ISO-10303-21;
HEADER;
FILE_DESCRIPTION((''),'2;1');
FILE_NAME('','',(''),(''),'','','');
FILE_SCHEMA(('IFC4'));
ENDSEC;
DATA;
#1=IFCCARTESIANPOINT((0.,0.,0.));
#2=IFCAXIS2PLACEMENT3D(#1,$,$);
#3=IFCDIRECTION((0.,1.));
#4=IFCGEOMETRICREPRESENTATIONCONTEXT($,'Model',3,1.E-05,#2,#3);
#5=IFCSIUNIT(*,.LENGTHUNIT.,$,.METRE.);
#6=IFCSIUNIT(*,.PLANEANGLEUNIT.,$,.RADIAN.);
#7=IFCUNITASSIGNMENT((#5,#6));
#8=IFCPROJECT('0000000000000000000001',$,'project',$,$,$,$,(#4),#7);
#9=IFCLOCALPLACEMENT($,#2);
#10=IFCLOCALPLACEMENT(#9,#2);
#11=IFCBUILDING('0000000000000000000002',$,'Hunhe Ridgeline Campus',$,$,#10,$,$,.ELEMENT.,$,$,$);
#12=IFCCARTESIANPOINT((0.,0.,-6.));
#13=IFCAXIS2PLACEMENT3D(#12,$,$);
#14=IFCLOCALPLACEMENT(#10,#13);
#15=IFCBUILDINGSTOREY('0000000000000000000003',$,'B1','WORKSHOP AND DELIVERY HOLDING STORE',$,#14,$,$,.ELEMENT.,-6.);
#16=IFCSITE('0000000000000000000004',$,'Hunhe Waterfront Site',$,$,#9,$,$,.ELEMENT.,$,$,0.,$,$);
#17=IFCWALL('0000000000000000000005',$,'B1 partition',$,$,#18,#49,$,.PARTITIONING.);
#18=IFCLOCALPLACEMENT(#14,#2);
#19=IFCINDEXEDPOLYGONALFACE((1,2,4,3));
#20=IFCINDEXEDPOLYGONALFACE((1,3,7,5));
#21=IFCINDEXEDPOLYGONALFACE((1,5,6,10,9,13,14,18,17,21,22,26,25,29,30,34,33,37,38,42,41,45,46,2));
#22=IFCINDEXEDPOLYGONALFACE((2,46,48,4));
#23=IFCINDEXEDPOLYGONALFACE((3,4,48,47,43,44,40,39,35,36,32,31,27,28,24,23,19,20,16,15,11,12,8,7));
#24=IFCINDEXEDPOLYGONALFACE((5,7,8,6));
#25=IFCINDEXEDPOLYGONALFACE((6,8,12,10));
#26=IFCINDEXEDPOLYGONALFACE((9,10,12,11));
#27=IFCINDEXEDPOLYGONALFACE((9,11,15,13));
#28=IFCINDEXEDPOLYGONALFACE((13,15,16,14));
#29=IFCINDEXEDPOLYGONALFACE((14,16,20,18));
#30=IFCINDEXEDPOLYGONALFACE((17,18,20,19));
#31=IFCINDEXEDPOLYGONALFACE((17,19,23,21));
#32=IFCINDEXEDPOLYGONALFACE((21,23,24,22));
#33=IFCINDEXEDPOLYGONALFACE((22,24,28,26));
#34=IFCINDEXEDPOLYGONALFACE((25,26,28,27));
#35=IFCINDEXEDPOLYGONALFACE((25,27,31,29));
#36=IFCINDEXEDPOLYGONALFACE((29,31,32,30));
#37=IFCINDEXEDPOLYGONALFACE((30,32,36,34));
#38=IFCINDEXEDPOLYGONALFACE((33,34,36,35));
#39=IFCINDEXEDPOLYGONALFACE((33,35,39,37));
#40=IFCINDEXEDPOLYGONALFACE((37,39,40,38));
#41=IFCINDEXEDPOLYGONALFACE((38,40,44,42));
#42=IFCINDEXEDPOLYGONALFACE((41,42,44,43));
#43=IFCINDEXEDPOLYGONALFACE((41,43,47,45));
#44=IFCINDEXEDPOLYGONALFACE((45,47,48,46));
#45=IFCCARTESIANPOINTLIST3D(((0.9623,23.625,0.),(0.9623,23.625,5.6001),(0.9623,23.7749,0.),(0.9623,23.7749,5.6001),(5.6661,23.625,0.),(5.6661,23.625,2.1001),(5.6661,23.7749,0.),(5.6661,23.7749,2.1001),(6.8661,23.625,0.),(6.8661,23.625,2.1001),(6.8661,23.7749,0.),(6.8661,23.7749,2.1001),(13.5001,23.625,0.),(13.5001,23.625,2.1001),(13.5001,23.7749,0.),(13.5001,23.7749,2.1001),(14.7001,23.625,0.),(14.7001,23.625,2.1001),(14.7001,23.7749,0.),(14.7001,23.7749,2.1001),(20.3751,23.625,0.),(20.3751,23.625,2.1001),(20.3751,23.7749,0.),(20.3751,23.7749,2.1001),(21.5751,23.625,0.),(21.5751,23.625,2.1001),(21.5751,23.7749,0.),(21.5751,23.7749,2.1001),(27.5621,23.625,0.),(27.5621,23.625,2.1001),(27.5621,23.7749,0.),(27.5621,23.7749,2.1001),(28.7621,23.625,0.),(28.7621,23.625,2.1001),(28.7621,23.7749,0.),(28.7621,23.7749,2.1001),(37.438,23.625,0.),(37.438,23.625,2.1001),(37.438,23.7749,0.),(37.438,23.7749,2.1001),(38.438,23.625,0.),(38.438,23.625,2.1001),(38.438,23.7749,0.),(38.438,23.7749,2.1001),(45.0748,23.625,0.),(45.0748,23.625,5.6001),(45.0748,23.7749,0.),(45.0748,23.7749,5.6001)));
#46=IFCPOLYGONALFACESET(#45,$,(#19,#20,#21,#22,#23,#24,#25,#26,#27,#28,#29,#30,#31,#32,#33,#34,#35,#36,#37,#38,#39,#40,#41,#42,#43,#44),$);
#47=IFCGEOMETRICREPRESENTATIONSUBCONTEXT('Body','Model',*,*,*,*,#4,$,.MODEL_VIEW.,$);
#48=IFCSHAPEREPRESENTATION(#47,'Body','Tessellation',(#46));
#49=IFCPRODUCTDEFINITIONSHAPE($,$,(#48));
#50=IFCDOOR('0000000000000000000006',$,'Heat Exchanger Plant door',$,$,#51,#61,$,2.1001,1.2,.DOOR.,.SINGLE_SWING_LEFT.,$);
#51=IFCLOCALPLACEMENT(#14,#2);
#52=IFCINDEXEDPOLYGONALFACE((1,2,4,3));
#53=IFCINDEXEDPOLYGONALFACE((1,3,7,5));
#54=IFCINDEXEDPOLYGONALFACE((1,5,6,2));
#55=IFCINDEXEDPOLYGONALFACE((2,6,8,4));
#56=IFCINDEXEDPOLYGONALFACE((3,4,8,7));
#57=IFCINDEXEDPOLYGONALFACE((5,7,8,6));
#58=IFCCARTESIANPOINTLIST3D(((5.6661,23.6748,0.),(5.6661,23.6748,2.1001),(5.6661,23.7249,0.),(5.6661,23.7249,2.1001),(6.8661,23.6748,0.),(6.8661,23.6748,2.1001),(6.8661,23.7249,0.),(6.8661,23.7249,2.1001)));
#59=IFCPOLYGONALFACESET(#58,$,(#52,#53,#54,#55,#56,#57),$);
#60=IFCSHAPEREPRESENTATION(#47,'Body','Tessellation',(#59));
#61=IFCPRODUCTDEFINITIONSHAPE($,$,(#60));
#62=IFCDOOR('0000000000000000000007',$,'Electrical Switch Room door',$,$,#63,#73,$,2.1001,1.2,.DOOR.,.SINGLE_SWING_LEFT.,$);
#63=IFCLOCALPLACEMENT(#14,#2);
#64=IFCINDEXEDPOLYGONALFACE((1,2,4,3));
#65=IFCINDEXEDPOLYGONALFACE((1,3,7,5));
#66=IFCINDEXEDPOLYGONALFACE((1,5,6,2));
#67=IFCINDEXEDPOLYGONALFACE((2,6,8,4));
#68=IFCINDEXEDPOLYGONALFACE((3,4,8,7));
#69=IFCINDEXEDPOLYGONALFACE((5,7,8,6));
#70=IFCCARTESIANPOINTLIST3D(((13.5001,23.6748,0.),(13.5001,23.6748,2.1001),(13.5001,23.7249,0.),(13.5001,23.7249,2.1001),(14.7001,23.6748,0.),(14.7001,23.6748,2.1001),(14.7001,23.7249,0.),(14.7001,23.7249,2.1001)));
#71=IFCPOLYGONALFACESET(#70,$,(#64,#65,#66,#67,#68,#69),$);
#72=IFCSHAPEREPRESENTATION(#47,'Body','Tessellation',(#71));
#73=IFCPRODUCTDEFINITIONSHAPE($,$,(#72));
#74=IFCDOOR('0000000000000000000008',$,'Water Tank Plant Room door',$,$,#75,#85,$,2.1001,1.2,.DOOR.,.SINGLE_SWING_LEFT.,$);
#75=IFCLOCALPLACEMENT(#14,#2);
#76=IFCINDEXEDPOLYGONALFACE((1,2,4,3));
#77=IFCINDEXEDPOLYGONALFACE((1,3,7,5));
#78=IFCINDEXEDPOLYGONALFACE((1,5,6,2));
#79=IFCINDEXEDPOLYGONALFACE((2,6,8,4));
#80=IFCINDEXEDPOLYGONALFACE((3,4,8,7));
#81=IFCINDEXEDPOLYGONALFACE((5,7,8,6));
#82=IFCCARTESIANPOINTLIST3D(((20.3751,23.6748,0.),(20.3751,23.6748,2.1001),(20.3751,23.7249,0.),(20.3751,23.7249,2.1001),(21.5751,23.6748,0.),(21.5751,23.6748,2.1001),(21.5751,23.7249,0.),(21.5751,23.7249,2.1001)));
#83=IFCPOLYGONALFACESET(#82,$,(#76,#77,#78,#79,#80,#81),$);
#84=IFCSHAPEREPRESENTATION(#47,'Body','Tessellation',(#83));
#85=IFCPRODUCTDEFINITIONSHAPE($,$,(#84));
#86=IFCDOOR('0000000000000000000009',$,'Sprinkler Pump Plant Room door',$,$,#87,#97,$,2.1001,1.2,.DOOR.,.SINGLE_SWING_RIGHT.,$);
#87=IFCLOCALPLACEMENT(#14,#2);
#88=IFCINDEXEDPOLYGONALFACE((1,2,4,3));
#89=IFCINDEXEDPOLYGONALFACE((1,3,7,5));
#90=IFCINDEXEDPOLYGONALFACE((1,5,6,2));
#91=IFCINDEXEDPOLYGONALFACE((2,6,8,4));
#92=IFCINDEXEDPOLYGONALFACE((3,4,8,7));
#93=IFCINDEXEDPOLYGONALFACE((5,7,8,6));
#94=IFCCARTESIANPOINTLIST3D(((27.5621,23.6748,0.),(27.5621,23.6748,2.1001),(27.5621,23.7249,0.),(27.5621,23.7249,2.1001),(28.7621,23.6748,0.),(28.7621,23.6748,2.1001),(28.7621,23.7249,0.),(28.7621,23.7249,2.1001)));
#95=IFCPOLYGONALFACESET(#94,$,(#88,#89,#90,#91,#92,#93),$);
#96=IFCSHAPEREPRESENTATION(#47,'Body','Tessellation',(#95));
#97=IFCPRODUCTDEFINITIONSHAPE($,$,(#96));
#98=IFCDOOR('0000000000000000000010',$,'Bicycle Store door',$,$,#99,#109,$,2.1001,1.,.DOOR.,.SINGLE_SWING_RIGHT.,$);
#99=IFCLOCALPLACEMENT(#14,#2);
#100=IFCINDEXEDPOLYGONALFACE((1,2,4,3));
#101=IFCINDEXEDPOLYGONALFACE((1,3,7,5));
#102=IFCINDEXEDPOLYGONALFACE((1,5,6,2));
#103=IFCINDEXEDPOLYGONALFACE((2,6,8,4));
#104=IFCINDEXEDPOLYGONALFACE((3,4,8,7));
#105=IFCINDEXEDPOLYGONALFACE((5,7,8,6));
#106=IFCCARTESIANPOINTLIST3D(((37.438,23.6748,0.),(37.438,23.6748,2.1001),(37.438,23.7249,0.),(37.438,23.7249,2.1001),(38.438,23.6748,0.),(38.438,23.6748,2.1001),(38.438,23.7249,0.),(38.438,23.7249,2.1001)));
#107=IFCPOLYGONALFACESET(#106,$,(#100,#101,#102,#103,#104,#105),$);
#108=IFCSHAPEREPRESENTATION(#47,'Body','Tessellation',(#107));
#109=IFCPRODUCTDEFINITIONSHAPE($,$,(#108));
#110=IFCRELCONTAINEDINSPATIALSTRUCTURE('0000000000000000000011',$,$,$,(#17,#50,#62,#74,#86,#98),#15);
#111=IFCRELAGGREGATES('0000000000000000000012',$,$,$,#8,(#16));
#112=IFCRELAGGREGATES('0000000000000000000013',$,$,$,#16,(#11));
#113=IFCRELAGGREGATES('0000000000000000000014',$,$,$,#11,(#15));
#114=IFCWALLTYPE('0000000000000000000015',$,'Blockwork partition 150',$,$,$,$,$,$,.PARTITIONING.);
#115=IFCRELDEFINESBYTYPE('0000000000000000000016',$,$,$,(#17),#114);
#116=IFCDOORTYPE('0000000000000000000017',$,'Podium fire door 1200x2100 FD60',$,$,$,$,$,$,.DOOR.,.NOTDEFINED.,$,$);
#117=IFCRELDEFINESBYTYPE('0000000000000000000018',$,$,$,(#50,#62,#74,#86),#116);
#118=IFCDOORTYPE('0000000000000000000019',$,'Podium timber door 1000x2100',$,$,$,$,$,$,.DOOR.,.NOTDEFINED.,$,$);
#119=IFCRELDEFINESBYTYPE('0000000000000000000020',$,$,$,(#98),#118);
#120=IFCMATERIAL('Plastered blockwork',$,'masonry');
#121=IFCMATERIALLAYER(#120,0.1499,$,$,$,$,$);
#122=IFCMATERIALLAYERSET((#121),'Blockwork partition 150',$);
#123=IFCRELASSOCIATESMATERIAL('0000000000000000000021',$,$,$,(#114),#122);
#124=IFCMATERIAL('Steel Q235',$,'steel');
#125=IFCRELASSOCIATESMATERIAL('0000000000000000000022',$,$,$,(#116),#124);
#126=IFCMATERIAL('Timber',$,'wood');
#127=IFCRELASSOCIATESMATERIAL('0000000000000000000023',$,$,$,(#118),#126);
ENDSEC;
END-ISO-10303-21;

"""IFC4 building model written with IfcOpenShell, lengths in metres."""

from ifc_helpers import new_model, si_unit, direction, frame, frame_2d, origin, place, context, subcontext, project, spatial, rectangle, extrude, material, layer, layer_set, type_object, element, fill, save


model = new_model("IFC4")

# Units and contexts
model_context = context("Model", 3, precision=1e-05, world=origin(), true_north=direction((0.0, 1.0)))
body_context = subcontext(model_context, "Body", "Model", "MODEL_VIEW")
ifc_project = project(units=[si_unit("LENGTHUNIT", "METRE"), si_unit("PLANEANGLEUNIT", "RADIAN")], contexts=[model_context])

# Site, building, storey
site_placement = place(None, origin())
site = spatial("IfcSite", under=ifc_project, at=site_placement, Name="Hunhe Waterfront Site", CompositionType="ELEMENT", RefElevation=0.0)
building_placement = place(site_placement, origin())
building = spatial("IfcBuilding", under=site, at=building_placement, Name="Hunhe Ridgeline Campus", CompositionType="ELEMENT")
storey_placement = place(building_placement, frame((0.0, 0.0, -6.0)))
storey = spatial("IfcBuildingStorey", under=building, at=storey_placement, Name="B1", Description="WORKSHOP AND DELIVERY HOLDING STORE", CompositionType="ELEMENT", Elevation=-6.0)

# Wall, openings, doors
ifc_material_1 = material(Name="Plastered blockwork", Category="masonry")
ifc_layer_1 = layer(ifc_material_1, 0.1499)
ifc_layer_set_1 = layer_set([ifc_layer_1], Name="Blockwork partition 150")
wall_type = type_object("IfcWallType", Name="Blockwork partition 150", PredefinedType="PARTITIONING", material=ifc_layer_set_1)
wall_placement = place(storey_placement, frame((0.9624, 23.7, 0.0), z_axis=(0.0, 0.0, 1.0), x_axis=(1.0, 0.0, 0.0)))
wall = element("IfcWall", 1, at=wall_placement, inside=storey, type_object=wall_type, Name="B1 partition", PredefinedType="PARTITIONING", context=body_context, shape_type="SweptSolid", body=[
    extrude(rectangle(XDim=44.1125, YDim=0.1499, at=frame_2d((22.0562, 0.0))), origin(), (0.0, 0.0, 1.0), 5.6001),
])
opening_1_placement = place(wall_placement, frame((4.7036, 0.0, 0.0)))
opening_1 = element("IfcOpeningElement", 2, at=opening_1_placement, cuts=wall, PredefinedType="OPENING", context=body_context, shape_type="SweptSolid", body=[
    extrude(rectangle(XDim=1.2, YDim=2.1001, at=frame_2d((0.6001, 1.05))), frame((0.0, 0.075, 0.0), z_axis=(0.0, -1.0, 0.0), x_axis=(1.0, 0.0, 0.0)), (0.0, 0.0, 1.0), 0.1499),
])
opening_2_placement = place(wall_placement, frame((12.5376, 0.0, 0.0)))
opening_2 = element("IfcOpeningElement", 3, at=opening_2_placement, cuts=wall, PredefinedType="OPENING", context=body_context, shape_type="SweptSolid", body=[
    extrude(rectangle(XDim=1.2, YDim=2.1001, at=frame_2d((0.6001, 1.05))), frame((0.0, 0.075, 0.0), z_axis=(0.0, -1.0, 0.0), x_axis=(1.0, 0.0, 0.0)), (0.0, 0.0, 1.0), 0.1499),
])
opening_3_placement = place(wall_placement, frame((19.4126, 0.0, 0.0)))
opening_3 = element("IfcOpeningElement", 4, at=opening_3_placement, cuts=wall, PredefinedType="OPENING", context=body_context, shape_type="SweptSolid", body=[
    extrude(rectangle(XDim=1.2, YDim=2.1001, at=frame_2d((0.6001, 1.05))), frame((0.0, 0.075, 0.0), z_axis=(0.0, -1.0, 0.0), x_axis=(1.0, 0.0, 0.0)), (0.0, 0.0, 1.0), 0.1499),
])
opening_4_placement = place(wall_placement, frame((26.5996, 0.0, 0.0)))
opening_4 = element("IfcOpeningElement", 5, at=opening_4_placement, cuts=wall, PredefinedType="OPENING", context=body_context, shape_type="SweptSolid", body=[
    extrude(rectangle(XDim=1.2, YDim=2.1001, at=frame_2d((0.6001, 1.05))), frame((0.0, 0.075, 0.0), z_axis=(0.0, -1.0, 0.0), x_axis=(1.0, 0.0, 0.0)), (0.0, 0.0, 1.0), 0.1499),
])
opening_5_placement = place(wall_placement, frame((36.4756, 0.0, 0.0)))
opening_5 = element("IfcOpeningElement", 6, at=opening_5_placement, cuts=wall, PredefinedType="OPENING", context=body_context, shape_type="SweptSolid", body=[
    extrude(rectangle(XDim=1.0, YDim=2.1001, at=frame_2d((0.5, 1.05))), frame((0.0, 0.075, 0.0), z_axis=(0.0, -1.0, 0.0), x_axis=(1.0, 0.0, 0.0)), (0.0, 0.0, 1.0), 0.1499),
])
ifc_material_2 = material(Name="Steel Q235", Category="steel")
door_type_1 = type_object("IfcDoorType", Name="Podium fire door 1200x2100 FD60", OperationType="NOTDEFINED", PredefinedType="DOOR", material=ifc_material_2)
door_1_placement = place(opening_1_placement, origin())
door_1 = element("IfcDoor", 7, at=door_1_placement, inside=storey, type_object=door_type_1, Name="Heat Exchanger Plant door", OperationType="SINGLE_SWING_LEFT", OverallHeight=2.1001, OverallWidth=1.2, PredefinedType="DOOR", context=body_context, shape_type="SweptSolid", body=[
    extrude(rectangle(XDim=1.2, YDim=2.1001, at=frame_2d((0.6001, 1.05))), frame((0.0, 0.0249, 0.0), z_axis=(0.0, -1.0, 0.0), x_axis=(1.0, 0.0, 0.0)), (0.0, 0.0, 1.0), 0.05),
])
fill(opening_1, door_1)
door_2_placement = place(opening_2_placement, origin())
door_2 = element("IfcDoor", 8, at=door_2_placement, inside=storey, type_object=door_type_1, Name="Electrical Switch Room door", OperationType="SINGLE_SWING_LEFT", OverallHeight=2.1001, OverallWidth=1.2, PredefinedType="DOOR", context=body_context, shape_type="SweptSolid", body=[
    extrude(rectangle(XDim=1.2, YDim=2.1001, at=frame_2d((0.6001, 1.05))), frame((0.0, 0.0249, 0.0), z_axis=(0.0, -1.0, 0.0), x_axis=(1.0, 0.0, 0.0)), (0.0, 0.0, 1.0), 0.05),
])
fill(opening_2, door_2)
door_3_placement = place(opening_3_placement, origin())
door_3 = element("IfcDoor", 9, at=door_3_placement, inside=storey, type_object=door_type_1, Name="Water Tank Plant Room door", OperationType="SINGLE_SWING_LEFT", OverallHeight=2.1001, OverallWidth=1.2, PredefinedType="DOOR", context=body_context, shape_type="SweptSolid", body=[
    extrude(rectangle(XDim=1.2, YDim=2.1001, at=frame_2d((0.6001, 1.05))), frame((0.0, 0.0249, 0.0), z_axis=(0.0, -1.0, 0.0), x_axis=(1.0, 0.0, 0.0)), (0.0, 0.0, 1.0), 0.05),
])
fill(opening_3, door_3)
door_4_placement = place(opening_4_placement, origin())
door_4 = element("IfcDoor", 10, at=door_4_placement, inside=storey, type_object=door_type_1, Name="Sprinkler Pump Plant Room door", OperationType="SINGLE_SWING_RIGHT", OverallHeight=2.1001, OverallWidth=1.2, PredefinedType="DOOR", context=body_context, shape_type="SweptSolid", body=[
    extrude(rectangle(XDim=1.2, YDim=2.1001, at=frame_2d((0.6001, 1.05))), frame((0.0, 0.0249, 0.0), z_axis=(0.0, -1.0, 0.0), x_axis=(1.0, 0.0, 0.0)), (0.0, 0.0, 1.0), 0.05),
])
fill(opening_4, door_4)
ifc_material_3 = material(Name="Timber", Category="wood")
door_type_2 = type_object("IfcDoorType", Name="Podium timber door 1000x2100", OperationType="NOTDEFINED", PredefinedType="DOOR", material=ifc_material_3)
door_5_placement = place(opening_5_placement, origin())
door_5 = element("IfcDoor", 11, at=door_5_placement, inside=storey, type_object=door_type_2, Name="Bicycle Store door", OperationType="SINGLE_SWING_RIGHT", OverallHeight=2.1001, OverallWidth=1.0, PredefinedType="DOOR", context=body_context, shape_type="SweptSolid", body=[
    extrude(rectangle(XDim=1.0, YDim=2.1001, at=frame_2d((0.5, 1.05))), frame((0.0, 0.0249, 0.0), z_axis=(0.0, -1.0, 0.0), x_axis=(1.0, 0.0, 0.0)), (0.0, 0.0, 1.0), 0.05),
])
fill(opening_5, door_5)

save(model, "model.ifc")
